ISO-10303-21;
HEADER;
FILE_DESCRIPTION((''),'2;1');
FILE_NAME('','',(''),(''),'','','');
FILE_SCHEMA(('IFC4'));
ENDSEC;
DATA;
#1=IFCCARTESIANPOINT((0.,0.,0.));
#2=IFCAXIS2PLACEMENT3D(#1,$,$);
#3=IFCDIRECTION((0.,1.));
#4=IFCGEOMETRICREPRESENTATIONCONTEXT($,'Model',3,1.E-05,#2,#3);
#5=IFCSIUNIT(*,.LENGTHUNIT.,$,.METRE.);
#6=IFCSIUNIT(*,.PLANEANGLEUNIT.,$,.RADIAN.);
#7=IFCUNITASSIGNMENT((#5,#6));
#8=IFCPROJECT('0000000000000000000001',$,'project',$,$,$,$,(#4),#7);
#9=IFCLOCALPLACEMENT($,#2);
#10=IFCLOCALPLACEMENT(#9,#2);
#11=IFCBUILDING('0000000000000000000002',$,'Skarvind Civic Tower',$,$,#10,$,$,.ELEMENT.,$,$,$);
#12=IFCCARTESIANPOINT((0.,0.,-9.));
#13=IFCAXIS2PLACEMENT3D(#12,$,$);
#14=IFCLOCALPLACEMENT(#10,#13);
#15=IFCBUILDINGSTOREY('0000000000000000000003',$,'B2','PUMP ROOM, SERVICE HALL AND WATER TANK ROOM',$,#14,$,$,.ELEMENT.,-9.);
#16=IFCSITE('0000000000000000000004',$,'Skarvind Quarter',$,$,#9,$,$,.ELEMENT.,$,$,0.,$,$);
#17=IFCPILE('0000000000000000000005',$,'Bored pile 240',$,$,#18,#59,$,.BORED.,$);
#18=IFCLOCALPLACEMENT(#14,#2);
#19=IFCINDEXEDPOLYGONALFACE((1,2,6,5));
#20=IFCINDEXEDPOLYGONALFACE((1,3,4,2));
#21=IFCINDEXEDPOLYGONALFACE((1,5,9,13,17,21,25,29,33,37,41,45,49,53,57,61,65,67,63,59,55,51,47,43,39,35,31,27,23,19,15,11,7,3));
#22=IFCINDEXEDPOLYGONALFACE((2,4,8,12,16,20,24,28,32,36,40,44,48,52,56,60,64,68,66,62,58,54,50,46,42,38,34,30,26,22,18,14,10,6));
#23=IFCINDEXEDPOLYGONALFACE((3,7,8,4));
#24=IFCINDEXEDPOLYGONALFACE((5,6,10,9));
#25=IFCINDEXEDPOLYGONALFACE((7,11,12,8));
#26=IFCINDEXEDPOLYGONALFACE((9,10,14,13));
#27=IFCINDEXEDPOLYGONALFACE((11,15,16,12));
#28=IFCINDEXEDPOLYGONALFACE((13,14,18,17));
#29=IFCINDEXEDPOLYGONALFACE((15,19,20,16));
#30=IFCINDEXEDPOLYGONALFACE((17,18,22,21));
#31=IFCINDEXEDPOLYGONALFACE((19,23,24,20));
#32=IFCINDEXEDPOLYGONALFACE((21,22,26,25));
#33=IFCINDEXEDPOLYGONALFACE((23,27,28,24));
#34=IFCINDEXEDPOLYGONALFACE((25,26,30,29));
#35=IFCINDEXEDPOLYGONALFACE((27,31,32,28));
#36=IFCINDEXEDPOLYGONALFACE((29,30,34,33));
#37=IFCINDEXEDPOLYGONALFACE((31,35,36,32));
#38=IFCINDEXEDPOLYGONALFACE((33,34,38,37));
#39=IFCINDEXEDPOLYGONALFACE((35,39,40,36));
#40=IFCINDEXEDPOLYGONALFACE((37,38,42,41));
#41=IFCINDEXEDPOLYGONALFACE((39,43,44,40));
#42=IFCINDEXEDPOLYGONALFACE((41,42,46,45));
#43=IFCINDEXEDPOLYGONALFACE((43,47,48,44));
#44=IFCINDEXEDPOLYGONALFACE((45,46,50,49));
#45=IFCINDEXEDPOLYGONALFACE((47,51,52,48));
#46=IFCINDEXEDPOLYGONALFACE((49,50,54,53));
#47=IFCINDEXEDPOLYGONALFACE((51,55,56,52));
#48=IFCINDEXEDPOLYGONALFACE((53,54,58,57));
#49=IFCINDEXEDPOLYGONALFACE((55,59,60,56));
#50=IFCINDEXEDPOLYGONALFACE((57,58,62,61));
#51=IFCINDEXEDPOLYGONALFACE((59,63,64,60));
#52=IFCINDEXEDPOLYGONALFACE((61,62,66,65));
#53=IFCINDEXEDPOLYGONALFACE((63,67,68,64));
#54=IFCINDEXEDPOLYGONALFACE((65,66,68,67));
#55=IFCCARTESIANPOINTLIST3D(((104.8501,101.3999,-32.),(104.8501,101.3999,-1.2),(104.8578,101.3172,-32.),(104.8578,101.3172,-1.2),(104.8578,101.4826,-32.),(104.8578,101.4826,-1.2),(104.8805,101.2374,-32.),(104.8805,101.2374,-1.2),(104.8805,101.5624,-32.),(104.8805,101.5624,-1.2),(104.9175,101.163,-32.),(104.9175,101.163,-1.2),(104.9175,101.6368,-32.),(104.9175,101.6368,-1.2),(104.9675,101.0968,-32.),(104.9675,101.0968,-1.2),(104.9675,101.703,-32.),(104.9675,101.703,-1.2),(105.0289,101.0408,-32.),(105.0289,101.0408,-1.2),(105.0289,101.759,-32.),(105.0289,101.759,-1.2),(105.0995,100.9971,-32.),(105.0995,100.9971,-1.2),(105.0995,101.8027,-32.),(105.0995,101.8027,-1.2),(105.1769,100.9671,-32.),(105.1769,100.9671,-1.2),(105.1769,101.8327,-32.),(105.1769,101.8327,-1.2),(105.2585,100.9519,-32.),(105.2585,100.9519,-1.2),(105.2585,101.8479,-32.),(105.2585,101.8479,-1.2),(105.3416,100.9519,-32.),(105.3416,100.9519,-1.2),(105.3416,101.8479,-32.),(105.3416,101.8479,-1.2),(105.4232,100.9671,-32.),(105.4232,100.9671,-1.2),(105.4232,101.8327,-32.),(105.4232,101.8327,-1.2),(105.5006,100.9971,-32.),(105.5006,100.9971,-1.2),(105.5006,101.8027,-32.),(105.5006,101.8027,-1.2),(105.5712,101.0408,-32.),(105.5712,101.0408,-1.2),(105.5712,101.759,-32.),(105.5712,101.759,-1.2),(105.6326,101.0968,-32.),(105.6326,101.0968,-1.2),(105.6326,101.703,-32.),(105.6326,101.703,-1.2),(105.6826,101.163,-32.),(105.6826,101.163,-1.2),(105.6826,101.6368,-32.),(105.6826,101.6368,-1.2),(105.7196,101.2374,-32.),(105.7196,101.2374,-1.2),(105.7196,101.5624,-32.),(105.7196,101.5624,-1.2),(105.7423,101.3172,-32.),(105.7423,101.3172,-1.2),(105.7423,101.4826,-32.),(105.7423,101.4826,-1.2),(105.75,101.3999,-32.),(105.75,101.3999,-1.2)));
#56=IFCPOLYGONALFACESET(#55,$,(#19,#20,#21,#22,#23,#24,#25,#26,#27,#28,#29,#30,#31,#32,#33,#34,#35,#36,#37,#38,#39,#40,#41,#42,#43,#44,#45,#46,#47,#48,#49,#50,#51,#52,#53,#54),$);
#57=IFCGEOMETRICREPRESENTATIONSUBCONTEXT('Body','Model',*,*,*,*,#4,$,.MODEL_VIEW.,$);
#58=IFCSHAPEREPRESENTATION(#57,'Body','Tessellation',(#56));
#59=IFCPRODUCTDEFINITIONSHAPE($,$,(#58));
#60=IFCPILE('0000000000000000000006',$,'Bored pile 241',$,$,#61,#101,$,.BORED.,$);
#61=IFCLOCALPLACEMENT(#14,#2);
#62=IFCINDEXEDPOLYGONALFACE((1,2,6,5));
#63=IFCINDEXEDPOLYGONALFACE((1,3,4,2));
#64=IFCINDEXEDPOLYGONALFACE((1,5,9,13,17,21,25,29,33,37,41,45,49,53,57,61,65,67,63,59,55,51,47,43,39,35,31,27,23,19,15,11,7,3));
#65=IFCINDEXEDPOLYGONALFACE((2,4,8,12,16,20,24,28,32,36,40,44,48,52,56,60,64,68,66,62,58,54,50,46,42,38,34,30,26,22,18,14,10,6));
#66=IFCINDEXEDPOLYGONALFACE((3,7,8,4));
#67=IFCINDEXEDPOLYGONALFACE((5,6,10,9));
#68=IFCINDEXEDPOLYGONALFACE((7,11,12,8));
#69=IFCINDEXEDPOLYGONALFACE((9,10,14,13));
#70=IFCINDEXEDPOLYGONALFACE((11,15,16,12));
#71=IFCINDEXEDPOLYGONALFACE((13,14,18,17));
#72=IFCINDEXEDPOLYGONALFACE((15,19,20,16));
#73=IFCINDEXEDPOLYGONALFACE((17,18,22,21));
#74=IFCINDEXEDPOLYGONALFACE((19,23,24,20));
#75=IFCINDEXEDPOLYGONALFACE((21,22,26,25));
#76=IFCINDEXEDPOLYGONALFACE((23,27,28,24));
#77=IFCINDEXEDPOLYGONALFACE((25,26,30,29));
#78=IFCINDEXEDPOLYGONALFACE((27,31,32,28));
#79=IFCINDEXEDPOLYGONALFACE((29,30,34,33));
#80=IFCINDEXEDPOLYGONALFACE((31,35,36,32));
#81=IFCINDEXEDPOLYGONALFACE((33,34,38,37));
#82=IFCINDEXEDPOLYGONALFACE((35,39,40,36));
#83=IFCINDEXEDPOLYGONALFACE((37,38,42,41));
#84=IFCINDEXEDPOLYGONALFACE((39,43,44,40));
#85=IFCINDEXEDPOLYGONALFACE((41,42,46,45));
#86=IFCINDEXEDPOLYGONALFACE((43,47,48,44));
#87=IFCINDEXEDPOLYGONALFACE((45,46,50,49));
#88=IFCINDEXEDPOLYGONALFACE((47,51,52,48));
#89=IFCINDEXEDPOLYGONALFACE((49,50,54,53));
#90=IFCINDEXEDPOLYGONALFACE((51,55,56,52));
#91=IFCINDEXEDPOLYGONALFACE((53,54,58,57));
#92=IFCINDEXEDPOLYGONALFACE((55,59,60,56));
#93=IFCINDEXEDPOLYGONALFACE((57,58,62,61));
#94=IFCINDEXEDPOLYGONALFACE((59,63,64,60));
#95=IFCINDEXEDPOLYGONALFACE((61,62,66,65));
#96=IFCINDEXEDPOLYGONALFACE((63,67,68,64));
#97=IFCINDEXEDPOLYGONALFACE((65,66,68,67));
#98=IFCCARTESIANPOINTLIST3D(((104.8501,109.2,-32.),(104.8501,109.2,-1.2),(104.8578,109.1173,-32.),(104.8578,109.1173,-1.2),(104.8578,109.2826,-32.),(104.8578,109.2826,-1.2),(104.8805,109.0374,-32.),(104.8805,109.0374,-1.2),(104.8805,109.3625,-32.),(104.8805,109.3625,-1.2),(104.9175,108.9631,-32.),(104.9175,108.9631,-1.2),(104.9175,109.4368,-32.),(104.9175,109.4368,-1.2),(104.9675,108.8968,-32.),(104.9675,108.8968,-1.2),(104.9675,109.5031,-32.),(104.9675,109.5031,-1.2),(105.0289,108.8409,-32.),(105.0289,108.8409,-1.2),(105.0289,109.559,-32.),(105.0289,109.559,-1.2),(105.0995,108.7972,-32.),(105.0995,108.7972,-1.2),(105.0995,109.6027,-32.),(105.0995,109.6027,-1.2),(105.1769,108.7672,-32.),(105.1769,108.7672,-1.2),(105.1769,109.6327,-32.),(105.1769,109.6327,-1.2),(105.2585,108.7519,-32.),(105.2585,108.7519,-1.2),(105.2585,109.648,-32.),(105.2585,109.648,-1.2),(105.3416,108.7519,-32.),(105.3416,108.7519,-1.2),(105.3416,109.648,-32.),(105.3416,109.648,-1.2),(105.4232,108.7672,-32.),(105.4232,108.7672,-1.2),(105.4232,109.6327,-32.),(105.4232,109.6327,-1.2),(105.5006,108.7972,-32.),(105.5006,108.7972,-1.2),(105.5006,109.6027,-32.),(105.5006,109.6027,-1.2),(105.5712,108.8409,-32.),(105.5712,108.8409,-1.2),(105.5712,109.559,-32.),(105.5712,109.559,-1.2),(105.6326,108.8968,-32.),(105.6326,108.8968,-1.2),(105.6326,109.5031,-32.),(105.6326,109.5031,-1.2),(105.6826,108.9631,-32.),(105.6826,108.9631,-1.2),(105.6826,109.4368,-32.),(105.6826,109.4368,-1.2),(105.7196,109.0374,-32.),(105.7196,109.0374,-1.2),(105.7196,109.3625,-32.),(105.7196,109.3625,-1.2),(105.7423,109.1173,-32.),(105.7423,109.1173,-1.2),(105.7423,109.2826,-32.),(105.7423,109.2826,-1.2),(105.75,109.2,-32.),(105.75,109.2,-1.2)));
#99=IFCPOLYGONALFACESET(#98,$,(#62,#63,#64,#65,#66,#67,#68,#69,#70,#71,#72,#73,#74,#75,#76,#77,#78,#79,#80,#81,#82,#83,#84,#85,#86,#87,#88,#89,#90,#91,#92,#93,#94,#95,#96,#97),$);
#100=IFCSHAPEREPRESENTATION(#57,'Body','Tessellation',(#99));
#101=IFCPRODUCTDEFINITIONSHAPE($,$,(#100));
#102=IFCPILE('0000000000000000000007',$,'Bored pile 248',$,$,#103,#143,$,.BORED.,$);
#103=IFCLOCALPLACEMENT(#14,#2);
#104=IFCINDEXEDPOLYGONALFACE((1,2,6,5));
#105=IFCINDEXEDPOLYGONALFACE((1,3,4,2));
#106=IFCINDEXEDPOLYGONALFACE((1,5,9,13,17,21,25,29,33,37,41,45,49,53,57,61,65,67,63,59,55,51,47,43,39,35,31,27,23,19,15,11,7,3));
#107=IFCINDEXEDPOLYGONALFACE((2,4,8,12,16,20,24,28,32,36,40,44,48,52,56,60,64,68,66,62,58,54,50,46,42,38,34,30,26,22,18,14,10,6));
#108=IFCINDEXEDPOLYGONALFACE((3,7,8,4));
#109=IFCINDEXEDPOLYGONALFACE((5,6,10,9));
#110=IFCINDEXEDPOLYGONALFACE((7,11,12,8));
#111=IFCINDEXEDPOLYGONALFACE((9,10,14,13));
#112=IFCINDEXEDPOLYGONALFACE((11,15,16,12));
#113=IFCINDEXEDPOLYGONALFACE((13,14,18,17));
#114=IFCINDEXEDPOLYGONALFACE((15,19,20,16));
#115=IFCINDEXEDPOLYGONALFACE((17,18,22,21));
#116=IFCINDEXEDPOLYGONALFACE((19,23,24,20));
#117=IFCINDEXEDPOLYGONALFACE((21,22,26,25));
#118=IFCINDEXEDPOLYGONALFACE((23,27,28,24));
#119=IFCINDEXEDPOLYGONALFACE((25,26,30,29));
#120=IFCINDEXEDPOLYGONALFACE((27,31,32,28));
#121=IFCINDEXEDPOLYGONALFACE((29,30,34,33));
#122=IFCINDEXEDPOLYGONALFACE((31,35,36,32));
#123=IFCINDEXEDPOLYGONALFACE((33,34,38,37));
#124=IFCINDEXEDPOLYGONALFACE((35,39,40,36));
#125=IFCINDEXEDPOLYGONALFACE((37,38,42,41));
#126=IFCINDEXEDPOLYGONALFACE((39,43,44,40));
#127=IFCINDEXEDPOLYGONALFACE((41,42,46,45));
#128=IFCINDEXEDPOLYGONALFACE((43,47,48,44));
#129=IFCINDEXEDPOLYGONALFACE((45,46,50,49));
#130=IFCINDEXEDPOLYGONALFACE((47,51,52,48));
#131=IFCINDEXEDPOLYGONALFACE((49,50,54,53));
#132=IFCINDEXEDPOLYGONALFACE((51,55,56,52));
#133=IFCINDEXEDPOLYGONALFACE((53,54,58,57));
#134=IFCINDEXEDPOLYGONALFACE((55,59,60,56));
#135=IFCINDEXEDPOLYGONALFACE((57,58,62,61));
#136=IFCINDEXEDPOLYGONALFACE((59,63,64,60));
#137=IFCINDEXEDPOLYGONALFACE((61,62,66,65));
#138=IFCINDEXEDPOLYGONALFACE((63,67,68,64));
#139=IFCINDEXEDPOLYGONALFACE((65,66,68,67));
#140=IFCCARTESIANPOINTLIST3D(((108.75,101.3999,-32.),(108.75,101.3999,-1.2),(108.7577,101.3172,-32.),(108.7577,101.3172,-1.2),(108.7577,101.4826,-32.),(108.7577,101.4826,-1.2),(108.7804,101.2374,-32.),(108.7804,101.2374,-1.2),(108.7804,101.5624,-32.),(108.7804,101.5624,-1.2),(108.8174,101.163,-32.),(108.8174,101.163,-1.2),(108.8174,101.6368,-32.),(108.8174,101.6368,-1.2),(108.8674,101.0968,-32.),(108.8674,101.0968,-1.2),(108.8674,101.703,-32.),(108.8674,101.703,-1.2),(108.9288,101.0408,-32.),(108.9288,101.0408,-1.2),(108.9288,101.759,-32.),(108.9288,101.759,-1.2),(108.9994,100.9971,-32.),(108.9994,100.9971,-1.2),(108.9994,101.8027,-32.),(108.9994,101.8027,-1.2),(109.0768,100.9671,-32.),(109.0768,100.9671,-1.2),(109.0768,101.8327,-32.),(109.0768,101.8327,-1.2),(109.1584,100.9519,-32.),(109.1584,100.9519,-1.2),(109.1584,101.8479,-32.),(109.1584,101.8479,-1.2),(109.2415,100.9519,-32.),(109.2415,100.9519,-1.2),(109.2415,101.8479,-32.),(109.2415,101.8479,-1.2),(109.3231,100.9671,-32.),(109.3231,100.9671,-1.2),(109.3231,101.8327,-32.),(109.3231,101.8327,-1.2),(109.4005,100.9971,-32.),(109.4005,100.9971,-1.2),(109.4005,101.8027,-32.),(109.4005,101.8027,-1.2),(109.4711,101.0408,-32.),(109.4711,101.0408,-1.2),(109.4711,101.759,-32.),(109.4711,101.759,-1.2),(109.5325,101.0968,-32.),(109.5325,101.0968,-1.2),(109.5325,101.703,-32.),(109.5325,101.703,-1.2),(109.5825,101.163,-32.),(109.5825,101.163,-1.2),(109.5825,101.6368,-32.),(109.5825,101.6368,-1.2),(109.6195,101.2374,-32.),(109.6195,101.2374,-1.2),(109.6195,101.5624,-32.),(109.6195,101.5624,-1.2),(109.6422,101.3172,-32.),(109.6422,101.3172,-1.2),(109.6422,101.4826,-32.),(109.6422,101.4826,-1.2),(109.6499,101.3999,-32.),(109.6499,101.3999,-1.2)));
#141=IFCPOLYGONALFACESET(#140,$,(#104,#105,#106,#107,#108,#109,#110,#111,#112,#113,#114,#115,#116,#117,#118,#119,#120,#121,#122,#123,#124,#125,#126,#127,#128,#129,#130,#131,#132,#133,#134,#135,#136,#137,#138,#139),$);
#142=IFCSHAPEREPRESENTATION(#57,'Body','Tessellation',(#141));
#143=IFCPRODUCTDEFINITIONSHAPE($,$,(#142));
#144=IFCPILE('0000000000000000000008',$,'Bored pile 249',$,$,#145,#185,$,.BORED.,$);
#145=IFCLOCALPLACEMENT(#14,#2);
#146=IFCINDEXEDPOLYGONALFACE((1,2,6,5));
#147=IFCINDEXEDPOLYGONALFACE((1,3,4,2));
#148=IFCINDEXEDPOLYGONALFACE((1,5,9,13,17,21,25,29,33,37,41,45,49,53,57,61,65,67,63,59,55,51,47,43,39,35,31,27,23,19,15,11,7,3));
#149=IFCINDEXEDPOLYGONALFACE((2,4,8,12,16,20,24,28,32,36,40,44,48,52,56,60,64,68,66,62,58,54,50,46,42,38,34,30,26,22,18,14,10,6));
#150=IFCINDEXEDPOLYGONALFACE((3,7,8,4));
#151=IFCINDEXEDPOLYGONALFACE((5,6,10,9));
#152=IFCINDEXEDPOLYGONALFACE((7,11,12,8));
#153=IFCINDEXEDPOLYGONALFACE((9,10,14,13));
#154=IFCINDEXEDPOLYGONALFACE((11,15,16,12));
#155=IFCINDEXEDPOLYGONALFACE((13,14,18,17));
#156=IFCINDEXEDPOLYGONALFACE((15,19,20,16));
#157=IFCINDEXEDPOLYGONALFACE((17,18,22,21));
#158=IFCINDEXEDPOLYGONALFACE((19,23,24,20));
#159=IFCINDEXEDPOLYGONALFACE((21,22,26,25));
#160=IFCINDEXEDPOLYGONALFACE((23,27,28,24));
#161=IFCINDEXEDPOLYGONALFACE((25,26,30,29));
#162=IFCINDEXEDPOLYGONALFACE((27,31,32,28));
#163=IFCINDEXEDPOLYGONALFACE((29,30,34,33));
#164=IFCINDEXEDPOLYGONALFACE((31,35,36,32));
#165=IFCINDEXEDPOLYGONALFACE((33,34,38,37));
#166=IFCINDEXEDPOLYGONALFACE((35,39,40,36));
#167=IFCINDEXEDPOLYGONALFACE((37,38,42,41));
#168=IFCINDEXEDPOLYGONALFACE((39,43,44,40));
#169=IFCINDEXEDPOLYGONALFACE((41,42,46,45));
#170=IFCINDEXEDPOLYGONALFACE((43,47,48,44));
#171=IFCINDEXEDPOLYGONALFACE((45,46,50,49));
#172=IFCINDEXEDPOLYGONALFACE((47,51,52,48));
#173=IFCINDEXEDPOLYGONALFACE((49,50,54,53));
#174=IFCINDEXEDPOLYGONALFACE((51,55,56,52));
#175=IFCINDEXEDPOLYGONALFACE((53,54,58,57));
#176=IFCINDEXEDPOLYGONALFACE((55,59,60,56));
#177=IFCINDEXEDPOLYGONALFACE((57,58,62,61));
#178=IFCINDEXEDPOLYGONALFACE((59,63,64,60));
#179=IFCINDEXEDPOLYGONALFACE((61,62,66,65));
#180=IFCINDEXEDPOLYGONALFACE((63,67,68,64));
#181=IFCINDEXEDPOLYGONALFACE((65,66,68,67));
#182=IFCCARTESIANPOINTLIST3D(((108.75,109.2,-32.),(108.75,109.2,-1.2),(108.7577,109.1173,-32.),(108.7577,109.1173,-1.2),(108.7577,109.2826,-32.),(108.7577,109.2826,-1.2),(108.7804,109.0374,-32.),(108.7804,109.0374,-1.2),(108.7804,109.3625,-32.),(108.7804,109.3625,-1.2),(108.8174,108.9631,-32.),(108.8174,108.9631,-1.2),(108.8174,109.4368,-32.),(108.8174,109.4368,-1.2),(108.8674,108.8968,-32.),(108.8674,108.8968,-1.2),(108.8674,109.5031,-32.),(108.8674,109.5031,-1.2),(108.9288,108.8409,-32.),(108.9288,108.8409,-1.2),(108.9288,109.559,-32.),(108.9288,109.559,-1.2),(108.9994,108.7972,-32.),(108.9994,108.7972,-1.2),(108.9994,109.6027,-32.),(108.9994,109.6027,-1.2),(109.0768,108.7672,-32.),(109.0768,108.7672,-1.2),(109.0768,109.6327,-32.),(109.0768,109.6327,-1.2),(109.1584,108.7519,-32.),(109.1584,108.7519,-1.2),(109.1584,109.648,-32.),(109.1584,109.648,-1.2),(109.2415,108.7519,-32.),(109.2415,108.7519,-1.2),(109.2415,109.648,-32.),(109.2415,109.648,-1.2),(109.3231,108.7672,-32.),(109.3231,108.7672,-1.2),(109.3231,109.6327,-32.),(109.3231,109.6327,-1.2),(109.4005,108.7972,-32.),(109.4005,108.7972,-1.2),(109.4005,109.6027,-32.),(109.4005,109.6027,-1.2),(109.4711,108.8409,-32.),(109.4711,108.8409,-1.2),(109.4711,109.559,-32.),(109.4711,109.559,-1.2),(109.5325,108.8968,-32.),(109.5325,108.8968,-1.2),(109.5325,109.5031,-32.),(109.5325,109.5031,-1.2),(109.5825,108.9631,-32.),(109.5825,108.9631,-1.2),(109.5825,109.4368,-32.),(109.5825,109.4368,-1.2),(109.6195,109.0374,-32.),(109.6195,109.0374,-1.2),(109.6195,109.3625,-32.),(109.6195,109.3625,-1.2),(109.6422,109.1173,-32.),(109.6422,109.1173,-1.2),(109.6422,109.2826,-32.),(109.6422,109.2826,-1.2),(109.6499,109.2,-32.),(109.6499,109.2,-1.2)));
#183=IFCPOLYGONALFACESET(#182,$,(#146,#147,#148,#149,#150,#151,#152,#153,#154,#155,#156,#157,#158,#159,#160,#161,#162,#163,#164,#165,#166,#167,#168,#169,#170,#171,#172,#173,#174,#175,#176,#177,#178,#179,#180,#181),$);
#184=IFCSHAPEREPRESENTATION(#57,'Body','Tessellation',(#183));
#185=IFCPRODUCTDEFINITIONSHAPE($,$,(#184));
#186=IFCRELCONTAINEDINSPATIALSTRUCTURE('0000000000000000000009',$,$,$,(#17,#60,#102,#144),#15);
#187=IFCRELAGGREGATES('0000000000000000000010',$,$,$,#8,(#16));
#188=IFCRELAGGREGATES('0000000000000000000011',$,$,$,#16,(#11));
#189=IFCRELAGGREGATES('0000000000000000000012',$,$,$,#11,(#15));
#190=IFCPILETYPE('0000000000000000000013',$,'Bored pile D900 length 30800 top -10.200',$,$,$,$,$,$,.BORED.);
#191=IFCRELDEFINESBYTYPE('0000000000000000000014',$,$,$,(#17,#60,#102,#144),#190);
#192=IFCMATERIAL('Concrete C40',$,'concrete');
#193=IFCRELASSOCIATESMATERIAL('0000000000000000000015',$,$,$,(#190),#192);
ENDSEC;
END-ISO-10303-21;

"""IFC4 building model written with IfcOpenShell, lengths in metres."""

from ifc_helpers import new_model, si_unit, direction, frame, origin, origin_2d, place, context, subcontext, project, spatial, circle, extrude, material, type_object, element, save


model = new_model("IFC4")

# Units and contexts
model_context = context("Model", 3, precision=1e-05, world=origin(), true_north=direction((0.0, 1.0)))
body_context = subcontext(model_context, "Body", "Model", "MODEL_VIEW")
ifc_project = project(units=[si_unit("LENGTHUNIT", "METRE"), si_unit("PLANEANGLEUNIT", "RADIAN")], contexts=[model_context])

# Site, building, storey
site_placement = place(None, origin())
site = spatial("IfcSite", under=ifc_project, at=site_placement, Name="Skarvind Quarter", CompositionType="ELEMENT", RefElevation=0.0)
building_placement = place(site_placement, origin())
building = spatial("IfcBuilding", under=site, at=building_placement, Name="Skarvind Civic Tower", CompositionType="ELEMENT")
storey_placement = place(building_placement, frame((0.0, 0.0, -9.0)))
storey = spatial("IfcBuildingStorey", under=building, at=storey_placement, Name="B2", Description="PUMP ROOM, SERVICE HALL AND WATER TANK ROOM", CompositionType="ELEMENT", Elevation=-9.0)

# Piles
ifc_material_1 = material(Name="Concrete C40", Category="concrete")
pile_type = type_object("IfcPileType", Name="Bored pile D900 length 30800 top -10.200", PredefinedType="BORED", material=ifc_material_1)
for number, where, z_axis, x_axis, name in (
    (1, (105.3, 101.3999, -1.2), (0.0, 0.0, -1.0), (1.0, 0.0, 0.0), "Bored pile 240"),
    (2, (105.3, 109.2, -1.2), (0.0, 0.0, -1.0), (1.0, 0.0, 0.0), "Bored pile 241"),
    (3, (109.2, 101.3999, -1.2), (0.0, 0.0, -1.0), (1.0, 0.0, 0.0), "Bored pile 248"),
    (4, (109.2, 109.2, -1.2), (0.0, 0.0, -1.0), (1.0, 0.0, 0.0), "Bored pile 249"),
):
    element("IfcPile", number, at=place(storey_placement, frame(where, z_axis=z_axis, x_axis=x_axis)), inside=storey, type_object=pile_type, Name=name, PredefinedType="BORED", context=body_context, shape_type="SweptSolid", body=[
        extrude(circle(Radius=0.45, at=origin_2d()), origin(), (0.0, 0.0, 1.0), 30.8),
    ])

save(model, "model.ifc")
